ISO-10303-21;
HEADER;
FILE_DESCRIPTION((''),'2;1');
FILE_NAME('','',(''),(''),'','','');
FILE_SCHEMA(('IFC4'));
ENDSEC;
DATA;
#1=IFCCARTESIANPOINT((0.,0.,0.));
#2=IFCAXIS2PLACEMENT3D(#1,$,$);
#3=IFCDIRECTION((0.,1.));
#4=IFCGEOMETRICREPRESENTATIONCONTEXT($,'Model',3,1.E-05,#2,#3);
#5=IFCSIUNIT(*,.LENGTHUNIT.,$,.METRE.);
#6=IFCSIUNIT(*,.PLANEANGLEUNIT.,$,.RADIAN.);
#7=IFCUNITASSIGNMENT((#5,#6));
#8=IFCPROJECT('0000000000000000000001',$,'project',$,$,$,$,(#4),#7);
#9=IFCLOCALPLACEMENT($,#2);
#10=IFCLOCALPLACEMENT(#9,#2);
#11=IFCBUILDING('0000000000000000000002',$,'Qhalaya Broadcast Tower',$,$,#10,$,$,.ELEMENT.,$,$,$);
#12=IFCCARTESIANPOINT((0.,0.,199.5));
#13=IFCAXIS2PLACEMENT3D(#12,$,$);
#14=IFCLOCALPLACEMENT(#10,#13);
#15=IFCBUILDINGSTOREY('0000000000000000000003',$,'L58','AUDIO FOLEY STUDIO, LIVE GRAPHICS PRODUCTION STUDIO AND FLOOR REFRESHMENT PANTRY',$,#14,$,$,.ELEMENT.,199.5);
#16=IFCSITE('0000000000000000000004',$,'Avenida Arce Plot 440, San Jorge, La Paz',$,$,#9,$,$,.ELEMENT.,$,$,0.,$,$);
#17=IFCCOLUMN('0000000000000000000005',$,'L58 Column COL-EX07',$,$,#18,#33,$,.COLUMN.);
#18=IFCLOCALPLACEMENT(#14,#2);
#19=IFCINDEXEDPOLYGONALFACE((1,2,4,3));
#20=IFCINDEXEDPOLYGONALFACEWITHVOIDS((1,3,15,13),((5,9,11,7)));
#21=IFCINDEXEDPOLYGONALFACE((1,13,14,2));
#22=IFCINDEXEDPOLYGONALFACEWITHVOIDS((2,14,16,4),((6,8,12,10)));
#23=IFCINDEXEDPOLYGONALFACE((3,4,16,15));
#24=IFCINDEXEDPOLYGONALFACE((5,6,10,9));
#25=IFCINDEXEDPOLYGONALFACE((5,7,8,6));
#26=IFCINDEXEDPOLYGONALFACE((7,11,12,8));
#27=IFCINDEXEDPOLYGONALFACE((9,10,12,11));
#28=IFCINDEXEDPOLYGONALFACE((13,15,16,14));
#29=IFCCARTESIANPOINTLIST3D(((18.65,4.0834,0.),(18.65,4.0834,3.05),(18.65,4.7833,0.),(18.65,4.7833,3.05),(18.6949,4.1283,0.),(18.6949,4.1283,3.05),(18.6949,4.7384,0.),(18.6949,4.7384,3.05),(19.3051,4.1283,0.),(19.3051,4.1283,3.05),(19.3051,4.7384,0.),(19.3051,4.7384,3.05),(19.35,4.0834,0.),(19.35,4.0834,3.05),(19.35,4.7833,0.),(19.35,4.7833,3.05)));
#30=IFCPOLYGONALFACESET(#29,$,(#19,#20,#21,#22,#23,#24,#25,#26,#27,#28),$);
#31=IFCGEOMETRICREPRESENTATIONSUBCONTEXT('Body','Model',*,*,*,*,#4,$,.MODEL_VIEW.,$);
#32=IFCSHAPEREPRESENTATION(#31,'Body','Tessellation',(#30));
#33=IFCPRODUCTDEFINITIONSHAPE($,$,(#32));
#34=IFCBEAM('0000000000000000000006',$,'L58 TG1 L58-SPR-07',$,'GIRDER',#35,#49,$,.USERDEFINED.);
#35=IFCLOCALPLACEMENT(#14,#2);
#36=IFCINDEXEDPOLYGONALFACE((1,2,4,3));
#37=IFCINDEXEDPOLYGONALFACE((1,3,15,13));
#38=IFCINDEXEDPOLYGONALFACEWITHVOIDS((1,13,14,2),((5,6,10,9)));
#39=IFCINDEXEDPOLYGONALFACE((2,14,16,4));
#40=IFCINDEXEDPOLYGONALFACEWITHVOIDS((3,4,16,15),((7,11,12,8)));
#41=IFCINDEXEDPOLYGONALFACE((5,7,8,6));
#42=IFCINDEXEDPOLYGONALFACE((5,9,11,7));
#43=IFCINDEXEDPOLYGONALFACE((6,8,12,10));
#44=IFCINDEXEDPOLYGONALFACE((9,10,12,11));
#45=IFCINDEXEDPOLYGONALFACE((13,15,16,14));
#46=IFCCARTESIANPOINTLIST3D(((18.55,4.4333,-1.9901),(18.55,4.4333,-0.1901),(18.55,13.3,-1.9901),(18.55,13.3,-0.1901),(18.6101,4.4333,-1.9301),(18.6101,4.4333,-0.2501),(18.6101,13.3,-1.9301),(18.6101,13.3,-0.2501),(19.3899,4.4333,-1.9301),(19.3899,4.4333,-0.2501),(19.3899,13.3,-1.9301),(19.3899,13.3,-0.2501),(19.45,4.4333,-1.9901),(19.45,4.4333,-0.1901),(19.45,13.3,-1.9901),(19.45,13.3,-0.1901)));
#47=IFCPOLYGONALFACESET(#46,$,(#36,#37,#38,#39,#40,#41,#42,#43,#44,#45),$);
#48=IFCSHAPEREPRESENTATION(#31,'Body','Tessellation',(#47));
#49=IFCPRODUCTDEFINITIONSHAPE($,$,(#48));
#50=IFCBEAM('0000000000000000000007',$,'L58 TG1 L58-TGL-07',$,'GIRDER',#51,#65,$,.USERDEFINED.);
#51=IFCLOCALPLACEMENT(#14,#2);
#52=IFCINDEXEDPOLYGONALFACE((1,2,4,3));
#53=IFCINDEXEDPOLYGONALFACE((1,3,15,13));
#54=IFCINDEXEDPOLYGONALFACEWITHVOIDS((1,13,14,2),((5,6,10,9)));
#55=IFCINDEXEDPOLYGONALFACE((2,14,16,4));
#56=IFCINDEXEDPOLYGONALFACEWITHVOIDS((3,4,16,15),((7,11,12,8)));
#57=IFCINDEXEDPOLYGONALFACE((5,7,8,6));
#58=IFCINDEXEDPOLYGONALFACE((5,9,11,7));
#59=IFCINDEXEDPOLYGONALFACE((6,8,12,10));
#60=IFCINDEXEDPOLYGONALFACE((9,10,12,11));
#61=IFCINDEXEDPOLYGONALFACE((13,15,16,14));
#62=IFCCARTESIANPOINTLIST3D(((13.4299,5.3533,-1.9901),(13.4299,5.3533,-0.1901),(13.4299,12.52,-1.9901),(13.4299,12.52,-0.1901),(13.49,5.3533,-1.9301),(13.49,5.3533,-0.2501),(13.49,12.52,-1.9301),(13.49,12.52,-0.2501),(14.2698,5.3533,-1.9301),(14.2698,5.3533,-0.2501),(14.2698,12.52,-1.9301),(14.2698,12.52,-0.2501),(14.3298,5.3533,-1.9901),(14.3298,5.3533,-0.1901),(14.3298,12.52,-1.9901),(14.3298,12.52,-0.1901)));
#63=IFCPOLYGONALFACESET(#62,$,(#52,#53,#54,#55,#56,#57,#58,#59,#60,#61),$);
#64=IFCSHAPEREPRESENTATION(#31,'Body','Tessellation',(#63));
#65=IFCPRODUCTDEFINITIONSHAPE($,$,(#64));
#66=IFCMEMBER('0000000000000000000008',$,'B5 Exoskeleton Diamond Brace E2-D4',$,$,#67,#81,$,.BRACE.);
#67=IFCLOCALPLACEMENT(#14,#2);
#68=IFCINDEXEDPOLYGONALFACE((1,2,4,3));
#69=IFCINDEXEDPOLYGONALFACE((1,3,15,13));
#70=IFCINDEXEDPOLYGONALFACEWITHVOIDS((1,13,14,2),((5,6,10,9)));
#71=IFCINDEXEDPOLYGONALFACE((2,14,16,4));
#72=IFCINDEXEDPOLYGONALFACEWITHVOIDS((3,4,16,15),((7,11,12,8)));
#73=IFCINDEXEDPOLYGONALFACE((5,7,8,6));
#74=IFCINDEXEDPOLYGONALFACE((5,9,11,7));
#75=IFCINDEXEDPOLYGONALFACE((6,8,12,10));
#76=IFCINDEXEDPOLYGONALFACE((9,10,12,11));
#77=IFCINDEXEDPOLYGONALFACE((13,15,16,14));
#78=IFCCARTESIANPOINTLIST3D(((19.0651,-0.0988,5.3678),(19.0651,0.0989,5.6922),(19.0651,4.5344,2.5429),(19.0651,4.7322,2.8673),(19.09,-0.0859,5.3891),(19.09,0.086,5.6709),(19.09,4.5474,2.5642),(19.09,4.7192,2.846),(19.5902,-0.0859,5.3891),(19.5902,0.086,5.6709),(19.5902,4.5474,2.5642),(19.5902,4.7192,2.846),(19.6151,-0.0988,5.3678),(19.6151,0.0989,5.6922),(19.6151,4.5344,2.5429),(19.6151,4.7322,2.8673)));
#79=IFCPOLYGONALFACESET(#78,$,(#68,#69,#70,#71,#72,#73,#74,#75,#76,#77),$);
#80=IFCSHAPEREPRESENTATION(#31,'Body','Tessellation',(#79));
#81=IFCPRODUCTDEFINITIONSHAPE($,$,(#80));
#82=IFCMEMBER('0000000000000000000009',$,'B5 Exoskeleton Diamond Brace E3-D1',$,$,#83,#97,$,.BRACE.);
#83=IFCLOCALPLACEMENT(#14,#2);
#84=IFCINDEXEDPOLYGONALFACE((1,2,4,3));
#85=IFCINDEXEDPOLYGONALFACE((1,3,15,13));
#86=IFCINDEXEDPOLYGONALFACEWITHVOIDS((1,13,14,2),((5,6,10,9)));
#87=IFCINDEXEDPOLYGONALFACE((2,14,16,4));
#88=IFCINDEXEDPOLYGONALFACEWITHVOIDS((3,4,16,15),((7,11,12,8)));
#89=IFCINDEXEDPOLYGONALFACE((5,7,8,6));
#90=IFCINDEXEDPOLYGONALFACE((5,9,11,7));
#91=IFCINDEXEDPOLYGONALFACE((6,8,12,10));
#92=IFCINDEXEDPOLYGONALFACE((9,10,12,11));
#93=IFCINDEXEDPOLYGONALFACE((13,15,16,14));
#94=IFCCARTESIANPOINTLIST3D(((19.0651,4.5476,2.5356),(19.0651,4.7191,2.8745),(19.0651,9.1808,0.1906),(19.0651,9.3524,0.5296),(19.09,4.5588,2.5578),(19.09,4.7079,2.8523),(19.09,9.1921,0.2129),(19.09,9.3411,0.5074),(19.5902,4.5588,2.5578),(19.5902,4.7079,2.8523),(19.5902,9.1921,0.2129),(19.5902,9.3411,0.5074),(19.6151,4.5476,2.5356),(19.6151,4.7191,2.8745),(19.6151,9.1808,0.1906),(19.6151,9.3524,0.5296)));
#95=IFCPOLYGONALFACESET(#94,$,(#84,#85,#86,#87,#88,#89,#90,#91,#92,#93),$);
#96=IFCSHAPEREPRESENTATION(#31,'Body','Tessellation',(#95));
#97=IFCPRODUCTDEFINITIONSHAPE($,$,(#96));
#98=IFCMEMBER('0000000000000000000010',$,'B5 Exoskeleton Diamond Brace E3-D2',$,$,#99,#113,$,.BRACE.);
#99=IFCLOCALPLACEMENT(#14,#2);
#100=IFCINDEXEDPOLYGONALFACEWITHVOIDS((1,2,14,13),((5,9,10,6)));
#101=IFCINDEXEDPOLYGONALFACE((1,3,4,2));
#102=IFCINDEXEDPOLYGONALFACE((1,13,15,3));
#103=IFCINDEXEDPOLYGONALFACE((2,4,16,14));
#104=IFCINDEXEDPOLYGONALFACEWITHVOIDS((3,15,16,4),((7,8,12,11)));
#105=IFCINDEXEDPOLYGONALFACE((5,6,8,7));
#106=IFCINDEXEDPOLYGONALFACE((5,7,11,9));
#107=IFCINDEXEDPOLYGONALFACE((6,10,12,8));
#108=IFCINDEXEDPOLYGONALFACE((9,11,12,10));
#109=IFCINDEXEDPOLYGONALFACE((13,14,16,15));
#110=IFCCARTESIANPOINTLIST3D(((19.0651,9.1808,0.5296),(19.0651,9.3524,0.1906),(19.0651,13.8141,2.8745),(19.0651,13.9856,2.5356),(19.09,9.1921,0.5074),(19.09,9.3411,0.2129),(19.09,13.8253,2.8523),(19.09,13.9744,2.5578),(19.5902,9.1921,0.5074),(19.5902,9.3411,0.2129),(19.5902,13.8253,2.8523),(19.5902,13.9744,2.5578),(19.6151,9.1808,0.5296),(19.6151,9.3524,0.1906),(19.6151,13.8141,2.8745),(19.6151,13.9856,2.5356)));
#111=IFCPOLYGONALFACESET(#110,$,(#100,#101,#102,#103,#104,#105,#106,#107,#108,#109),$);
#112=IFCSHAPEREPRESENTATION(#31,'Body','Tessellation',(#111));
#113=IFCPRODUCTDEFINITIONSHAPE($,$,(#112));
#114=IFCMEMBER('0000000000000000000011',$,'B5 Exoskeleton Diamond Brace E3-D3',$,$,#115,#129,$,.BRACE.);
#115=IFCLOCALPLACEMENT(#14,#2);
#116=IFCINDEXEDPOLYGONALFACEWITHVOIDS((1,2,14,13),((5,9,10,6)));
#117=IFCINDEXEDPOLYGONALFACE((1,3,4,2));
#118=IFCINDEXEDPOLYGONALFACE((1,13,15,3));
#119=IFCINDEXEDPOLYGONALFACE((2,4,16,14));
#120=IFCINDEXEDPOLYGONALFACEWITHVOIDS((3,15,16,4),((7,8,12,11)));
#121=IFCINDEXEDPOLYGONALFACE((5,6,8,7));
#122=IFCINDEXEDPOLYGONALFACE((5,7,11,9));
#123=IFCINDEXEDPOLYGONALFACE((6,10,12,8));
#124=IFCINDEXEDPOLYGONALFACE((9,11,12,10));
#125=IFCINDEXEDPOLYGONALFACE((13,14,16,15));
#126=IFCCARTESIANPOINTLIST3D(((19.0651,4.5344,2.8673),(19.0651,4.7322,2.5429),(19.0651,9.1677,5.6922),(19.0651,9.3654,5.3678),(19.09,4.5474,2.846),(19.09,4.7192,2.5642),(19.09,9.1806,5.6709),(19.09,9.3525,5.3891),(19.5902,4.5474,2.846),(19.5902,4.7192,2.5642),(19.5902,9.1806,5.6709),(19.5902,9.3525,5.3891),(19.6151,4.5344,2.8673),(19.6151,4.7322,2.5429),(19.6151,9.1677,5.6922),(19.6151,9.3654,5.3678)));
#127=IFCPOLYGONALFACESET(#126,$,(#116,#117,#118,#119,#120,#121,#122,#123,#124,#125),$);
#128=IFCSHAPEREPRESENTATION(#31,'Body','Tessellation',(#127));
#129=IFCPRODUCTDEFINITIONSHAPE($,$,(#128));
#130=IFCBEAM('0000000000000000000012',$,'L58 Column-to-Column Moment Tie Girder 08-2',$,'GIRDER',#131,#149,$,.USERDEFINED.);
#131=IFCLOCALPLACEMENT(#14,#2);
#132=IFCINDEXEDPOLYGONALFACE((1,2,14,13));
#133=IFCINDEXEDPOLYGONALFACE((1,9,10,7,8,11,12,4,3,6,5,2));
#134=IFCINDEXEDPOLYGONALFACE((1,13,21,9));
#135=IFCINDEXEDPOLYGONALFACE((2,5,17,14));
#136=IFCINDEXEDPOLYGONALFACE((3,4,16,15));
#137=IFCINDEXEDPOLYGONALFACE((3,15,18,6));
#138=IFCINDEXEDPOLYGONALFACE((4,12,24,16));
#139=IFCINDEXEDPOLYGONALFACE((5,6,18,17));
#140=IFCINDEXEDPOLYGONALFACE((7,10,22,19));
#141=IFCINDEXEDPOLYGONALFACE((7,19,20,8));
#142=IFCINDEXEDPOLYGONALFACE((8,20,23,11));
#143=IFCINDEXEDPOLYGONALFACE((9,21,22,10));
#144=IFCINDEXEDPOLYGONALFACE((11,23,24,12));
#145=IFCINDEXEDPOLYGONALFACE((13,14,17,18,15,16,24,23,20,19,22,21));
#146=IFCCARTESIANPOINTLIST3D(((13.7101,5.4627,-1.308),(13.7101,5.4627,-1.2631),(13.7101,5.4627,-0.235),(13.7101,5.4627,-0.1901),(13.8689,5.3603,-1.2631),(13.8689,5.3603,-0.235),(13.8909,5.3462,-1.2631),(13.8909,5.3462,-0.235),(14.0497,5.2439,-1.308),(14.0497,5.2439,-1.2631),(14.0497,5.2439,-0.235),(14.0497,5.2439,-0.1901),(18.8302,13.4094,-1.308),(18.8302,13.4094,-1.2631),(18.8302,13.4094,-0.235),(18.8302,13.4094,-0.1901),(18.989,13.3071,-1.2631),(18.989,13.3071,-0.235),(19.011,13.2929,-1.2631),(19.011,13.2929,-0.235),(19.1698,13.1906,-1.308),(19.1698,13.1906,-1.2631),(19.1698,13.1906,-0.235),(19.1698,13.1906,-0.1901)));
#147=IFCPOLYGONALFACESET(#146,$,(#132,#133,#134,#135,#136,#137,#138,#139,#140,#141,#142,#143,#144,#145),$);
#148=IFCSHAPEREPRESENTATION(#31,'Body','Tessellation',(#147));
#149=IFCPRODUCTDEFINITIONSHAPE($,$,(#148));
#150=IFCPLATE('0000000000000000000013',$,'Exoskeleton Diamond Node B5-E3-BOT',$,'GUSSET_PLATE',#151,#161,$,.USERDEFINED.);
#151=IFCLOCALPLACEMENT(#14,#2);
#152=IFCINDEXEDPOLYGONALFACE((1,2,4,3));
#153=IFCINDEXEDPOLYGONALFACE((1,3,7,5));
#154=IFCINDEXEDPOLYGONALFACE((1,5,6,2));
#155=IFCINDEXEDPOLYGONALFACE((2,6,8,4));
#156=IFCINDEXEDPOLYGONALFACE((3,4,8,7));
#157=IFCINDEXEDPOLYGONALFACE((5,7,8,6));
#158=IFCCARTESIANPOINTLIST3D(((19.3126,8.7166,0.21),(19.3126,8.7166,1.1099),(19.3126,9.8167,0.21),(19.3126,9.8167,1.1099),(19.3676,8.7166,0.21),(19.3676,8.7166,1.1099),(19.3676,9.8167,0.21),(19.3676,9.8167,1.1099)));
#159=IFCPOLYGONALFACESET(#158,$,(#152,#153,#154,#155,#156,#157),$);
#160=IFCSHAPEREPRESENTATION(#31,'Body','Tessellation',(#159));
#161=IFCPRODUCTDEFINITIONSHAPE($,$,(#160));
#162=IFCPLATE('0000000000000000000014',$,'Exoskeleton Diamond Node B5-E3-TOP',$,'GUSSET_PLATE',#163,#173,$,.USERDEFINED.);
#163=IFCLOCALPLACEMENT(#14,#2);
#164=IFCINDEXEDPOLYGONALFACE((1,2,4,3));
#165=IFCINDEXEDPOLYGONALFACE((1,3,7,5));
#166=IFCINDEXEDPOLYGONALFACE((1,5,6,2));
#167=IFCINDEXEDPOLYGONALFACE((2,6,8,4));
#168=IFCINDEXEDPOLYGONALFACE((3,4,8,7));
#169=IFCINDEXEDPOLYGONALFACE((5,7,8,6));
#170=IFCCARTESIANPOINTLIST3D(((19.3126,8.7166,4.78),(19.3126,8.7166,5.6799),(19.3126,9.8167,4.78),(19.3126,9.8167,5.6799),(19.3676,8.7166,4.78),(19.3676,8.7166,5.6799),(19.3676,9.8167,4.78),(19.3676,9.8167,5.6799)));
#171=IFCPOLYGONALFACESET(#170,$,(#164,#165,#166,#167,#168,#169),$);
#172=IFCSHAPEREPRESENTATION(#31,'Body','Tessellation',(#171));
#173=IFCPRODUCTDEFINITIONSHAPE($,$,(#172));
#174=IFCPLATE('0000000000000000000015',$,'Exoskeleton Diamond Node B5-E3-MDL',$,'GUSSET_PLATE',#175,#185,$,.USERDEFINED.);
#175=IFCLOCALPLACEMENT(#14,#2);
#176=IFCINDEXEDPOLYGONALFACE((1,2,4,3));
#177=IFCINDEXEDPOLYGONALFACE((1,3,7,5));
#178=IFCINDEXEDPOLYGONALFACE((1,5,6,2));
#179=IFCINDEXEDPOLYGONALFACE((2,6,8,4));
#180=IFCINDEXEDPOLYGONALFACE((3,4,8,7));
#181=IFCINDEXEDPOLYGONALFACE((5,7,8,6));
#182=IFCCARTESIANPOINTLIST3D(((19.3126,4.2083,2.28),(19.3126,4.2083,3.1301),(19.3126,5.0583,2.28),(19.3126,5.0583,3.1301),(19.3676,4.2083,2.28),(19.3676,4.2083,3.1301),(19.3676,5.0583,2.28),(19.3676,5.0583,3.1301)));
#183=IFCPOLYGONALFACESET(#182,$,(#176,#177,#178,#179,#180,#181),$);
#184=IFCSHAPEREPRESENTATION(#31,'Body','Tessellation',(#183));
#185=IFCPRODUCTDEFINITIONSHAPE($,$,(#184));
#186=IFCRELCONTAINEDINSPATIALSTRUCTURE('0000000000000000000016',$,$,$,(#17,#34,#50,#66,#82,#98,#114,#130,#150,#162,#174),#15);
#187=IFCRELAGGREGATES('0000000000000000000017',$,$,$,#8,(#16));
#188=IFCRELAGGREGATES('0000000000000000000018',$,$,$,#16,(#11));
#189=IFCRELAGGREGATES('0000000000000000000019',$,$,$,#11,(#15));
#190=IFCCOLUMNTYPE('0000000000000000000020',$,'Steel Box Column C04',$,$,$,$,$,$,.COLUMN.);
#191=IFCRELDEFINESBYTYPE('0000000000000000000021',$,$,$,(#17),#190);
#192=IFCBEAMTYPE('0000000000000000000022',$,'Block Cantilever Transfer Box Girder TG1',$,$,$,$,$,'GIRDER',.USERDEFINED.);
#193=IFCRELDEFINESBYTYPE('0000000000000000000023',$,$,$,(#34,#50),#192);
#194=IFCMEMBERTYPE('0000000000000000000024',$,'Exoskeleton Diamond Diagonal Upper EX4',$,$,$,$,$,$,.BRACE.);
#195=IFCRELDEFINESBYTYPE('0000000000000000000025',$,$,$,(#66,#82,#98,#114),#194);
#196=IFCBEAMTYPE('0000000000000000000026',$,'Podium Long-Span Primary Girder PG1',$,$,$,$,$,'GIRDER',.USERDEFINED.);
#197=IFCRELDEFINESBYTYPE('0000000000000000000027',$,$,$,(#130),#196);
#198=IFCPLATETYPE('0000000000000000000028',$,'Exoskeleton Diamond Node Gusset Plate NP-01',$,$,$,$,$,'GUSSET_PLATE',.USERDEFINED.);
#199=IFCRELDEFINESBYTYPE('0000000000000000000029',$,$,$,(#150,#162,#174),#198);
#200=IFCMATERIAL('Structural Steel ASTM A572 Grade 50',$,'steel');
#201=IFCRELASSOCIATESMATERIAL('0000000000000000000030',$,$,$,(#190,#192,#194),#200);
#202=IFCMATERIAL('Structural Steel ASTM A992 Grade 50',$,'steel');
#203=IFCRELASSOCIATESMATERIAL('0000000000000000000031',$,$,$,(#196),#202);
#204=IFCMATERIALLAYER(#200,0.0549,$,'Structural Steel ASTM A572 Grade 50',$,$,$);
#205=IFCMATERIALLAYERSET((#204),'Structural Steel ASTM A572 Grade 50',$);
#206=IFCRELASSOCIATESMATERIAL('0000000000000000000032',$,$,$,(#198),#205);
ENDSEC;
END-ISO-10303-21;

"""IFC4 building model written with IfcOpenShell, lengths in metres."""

from ifc_helpers import new_model, si_unit, direction, frame, origin, origin_2d, place, context, subcontext, project, spatial, rectangle, hollow_rectangle, i_section, extrude, material, layer, layer_set, material_profile, profile_set, type_object, element, save


model = new_model("IFC4")

# Units and contexts
model_context = context("Model", 3, precision=1e-05, world=origin(), true_north=direction((0.0, 1.0)))
body_context = subcontext(model_context, "Body", "Model", "MODEL_VIEW")
ifc_project = project(units=[si_unit("LENGTHUNIT", "METRE"), si_unit("PLANEANGLEUNIT", "RADIAN")], contexts=[model_context])

# Site, building, storey
site_placement = place(None, origin())
site = spatial("IfcSite", under=ifc_project, at=site_placement, Name="Avenida Arce Plot 440, San Jorge, La Paz", CompositionType="ELEMENT", RefElevation=0.0)
building_placement = place(site_placement, origin())
building = spatial("IfcBuilding", under=site, at=building_placement, Name="Qhalaya Broadcast Tower", CompositionType="ELEMENT")
storey_placement = place(building_placement, frame((0.0, 0.0, 199.5)))
storey = spatial("IfcBuildingStorey", under=building, at=storey_placement, Name="L58", Description="AUDIO FOLEY STUDIO, LIVE GRAPHICS PRODUCTION STUDIO AND FLOOR REFRESHMENT PANTRY", CompositionType="ELEMENT", Elevation=199.5)

# Column
ifc_material_1 = material(Name="Structural Steel ASTM A572 Grade 50", Category="steel")
ifc_material_profile_1 = material_profile(ifc_material_1, hollow_rectangle(XDim=0.7, YDim=0.7, WallThickness=0.0449, at=origin_2d()), Name="BOX 700x700x45")
ifc_profile_set_1 = profile_set([ifc_material_profile_1], Name="Structural Steel ASTM A572 Grade 50")
column_type = type_object("IfcColumnType", Name="Steel Box Column C04", PredefinedType="COLUMN", material=ifc_profile_set_1)
column_placement = place(storey_placement, frame((19.0, 4.4333, 0.0), z_axis=(0.0, 0.0, 1.0), x_axis=(0.0, 1.0, 0.0)))
element("IfcColumn", 1, at=column_placement, inside=storey, type_object=column_type, Name="L58 Column COL-EX07", PredefinedType="COLUMN", context=body_context, shape_type="SweptSolid", body=[
    extrude(hollow_rectangle(XDim=0.7, YDim=0.7, WallThickness=0.0449, at=origin_2d()), origin(), (0.0, 0.0, 1.0), 3.05),
])

# Beams
ifc_material_profile_2 = material_profile(ifc_material_1, hollow_rectangle(XDim=0.8999, YDim=1.8, WallThickness=0.0601, at=origin_2d()), Name="BOX 900x1800x60")
ifc_profile_set_2 = profile_set([ifc_material_profile_2], Name="Structural Steel ASTM A572 Grade 50")
beam_type_1 = type_object("IfcBeamType", Name="Block Cantilever Transfer Box Girder TG1", ElementType="GIRDER", PredefinedType="USERDEFINED", material=ifc_profile_set_2)
beam_1_placement = place(storey_placement, frame((19.0, 4.4333, -1.0901), z_axis=(0.0, 1.0, 0.0), x_axis=(-1.0, 0.0, 0.0)))
element("IfcBeam", 2, at=beam_1_placement, inside=storey, type_object=beam_type_1, Name="L58 TG1 L58-SPR-07", ObjectType="GIRDER", PredefinedType="USERDEFINED", context=body_context, shape_type="SweptSolid", body=[
    extrude(hollow_rectangle(XDim=0.8999, YDim=1.8, WallThickness=0.0601, at=origin_2d()), origin(), (0.0, 0.0, 1.0), 8.8667),
])
beam_2_placement = place(storey_placement, frame((13.8799, 5.3533, -1.0901), z_axis=(0.0, 1.0, 0.0), x_axis=(-1.0, 0.0, 0.0)))
element("IfcBeam", 3, at=beam_2_placement, inside=storey, type_object=beam_type_1, Name="L58 TG1 L58-TGL-07", ObjectType="GIRDER", PredefinedType="USERDEFINED", context=body_context, shape_type="SweptSolid", body=[
    extrude(hollow_rectangle(XDim=0.8999, YDim=1.8, WallThickness=0.0601, at=origin_2d()), origin(), (0.0, 0.0, 1.0), 7.1667),
])

# Members
ifc_material_profile_3 = material_profile(ifc_material_1, hollow_rectangle(XDim=0.3799, YDim=0.55, WallThickness=0.0249, at=origin_2d()), Name="BOX 380x550x25")
ifc_profile_set_3 = profile_set([ifc_material_profile_3], Name="Structural Steel ASTM A572 Grade 50")
member_type = type_object("IfcMemberType", Name="Exoskeleton Diamond Diagonal Upper EX4", PredefinedType="BRACE", material=ifc_profile_set_3)
member_1_placement = place(storey_placement, frame((19.3401, 4.6333, 2.7051), z_axis=(0.0, -0.853815, 0.520576), x_axis=(0.0, 0.520576, 0.853815)))
element("IfcMember", 4, at=member_1_placement, inside=storey, type_object=member_type, Name="B5 Exoskeleton Diamond Brace E2-D4", PredefinedType="BRACE", context=body_context, shape_type="SweptSolid", body=[
    extrude(hollow_rectangle(XDim=0.3799, YDim=0.55, WallThickness=0.0249, at=origin_2d()), origin(), (0.0, 0.0, 1.0), 5.4265),
])
for number, where, z_axis, x_axis, name in (
    (5, (19.3401, 9.2666, 0.3601), (0.0, -0.892235, 0.451571), (0.0, 0.451571, 0.892235), "B5 Exoskeleton Diamond Brace E3-D1"),
    (6, (19.3401, 9.2666, 0.3601), (0.0, 0.892235, 0.451571), (0.0, -0.451571, 0.892235), "B5 Exoskeleton Diamond Brace E3-D2"),
):
    element("IfcMember", number, at=place(storey_placement, frame(where, z_axis=z_axis, x_axis=x_axis)), inside=storey, type_object=member_type, Name=name, PredefinedType="BRACE", context=body_context, shape_type="SweptSolid", body=[
        extrude(hollow_rectangle(XDim=0.3799, YDim=0.55, WallThickness=0.0249, at=origin_2d()), origin(), (0.0, 0.0, 1.0), 5.1929),
    ])
member_2_placement = place(storey_placement, frame((19.3401, 4.6333, 2.7051), z_axis=(0.0, 0.853815, 0.520576), x_axis=(0.0, -0.520576, 0.853815)))
element("IfcMember", 7, at=member_2_placement, inside=storey, type_object=member_type, Name="B5 Exoskeleton Diamond Brace E3-D3", PredefinedType="BRACE", context=body_context, shape_type="SweptSolid", body=[
    extrude(hollow_rectangle(XDim=0.3799, YDim=0.55, WallThickness=0.0249, at=origin_2d()), origin(), (0.0, 0.0, 1.0), 5.4265),
])

# Beam
ifc_material_2 = material(Name="Structural Steel ASTM A992 Grade 50", Category="steel")
ifc_material_profile_4 = material_profile(ifc_material_2, i_section(OverallWidth=0.4041, OverallDepth=1.1179, WebThickness=0.0261, FlangeThickness=0.0449, at=origin_2d()), Name="W44X335")
ifc_profile_set_4 = profile_set([ifc_material_profile_4], Name="Structural Steel ASTM A992 Grade 50")
beam_type_2 = type_object("IfcBeamType", Name="Podium Long-Span Primary Girder PG1", ElementType="GIRDER", PredefinedType="USERDEFINED", material=ifc_profile_set_4)
beam_3_placement = place(storey_placement, frame((13.8799, 5.3533, -0.749), z_axis=(0.541616, 0.840626, 0.0), x_axis=(-0.840626, 0.541616, 0.0)))
element("IfcBeam", 8, at=beam_3_placement, inside=storey, type_object=beam_type_2, Name="L58 Column-to-Column Moment Tie Girder 08-2", ObjectType="GIRDER", PredefinedType="USERDEFINED", context=body_context, shape_type="SweptSolid", body=[
    extrude(i_section(OverallWidth=0.4041, OverallDepth=1.1179, WebThickness=0.0261, FlangeThickness=0.0449, at=origin_2d()), origin(), (0.0, 0.0, 1.0), 9.4534),
])

# Plates
ifc_layer_1 = layer(ifc_material_1, 0.0549, Name="Structural Steel ASTM A572 Grade 50")
ifc_layer_set_1 = layer_set([ifc_layer_1], Name="Structural Steel ASTM A572 Grade 50")
plate_type_1 = type_object("IfcPlateType", Name="Exoskeleton Diamond Node Gusset Plate NP-01", ElementType="GUSSET_PLATE", PredefinedType="USERDEFINED", material=ifc_layer_set_1)
for number, where, z_axis, x_axis, name in (
    (9, (19.3401, 9.2666, 0.21), (0.0, 0.0, 1.0), (0.0, 1.0, 0.0), "Exoskeleton Diamond Node B5-E3-BOT"),
    (10, (19.3401, 9.2666, 4.78), (0.0, 0.0, 1.0), (0.0, 1.0, 0.0), "Exoskeleton Diamond Node B5-E3-TOP"),
):
    element("IfcPlate", number, at=place(storey_placement, frame(where, z_axis=z_axis, x_axis=x_axis)), inside=storey, type_object=plate_type_1, Name=name, ObjectType="GUSSET_PLATE", PredefinedType="USERDEFINED", context=body_context, shape_type="SweptSolid", body=[
        extrude(rectangle(XDim=1.1001, YDim=0.0549, at=origin_2d()), origin(), (0.0, 0.0, 1.0), 0.8999),
    ])
plate_1_placement = place(storey_placement, frame((19.3401, 4.6333, 2.28), z_axis=(0.0, 0.0, 1.0), x_axis=(0.0, 1.0, 0.0)))
element("IfcPlate", 11, at=plate_1_placement, inside=storey, type_object=plate_type_1, Name="Exoskeleton Diamond Node B5-E3-MDL", ObjectType="GUSSET_PLATE", PredefinedType="USERDEFINED", context=body_context, shape_type="SweptSolid", body=[
    extrude(rectangle(XDim=0.8501, YDim=0.0549, at=origin_2d()), origin(), (0.0, 0.0, 1.0), 0.8501),
])

save(model, "model.ifc")
